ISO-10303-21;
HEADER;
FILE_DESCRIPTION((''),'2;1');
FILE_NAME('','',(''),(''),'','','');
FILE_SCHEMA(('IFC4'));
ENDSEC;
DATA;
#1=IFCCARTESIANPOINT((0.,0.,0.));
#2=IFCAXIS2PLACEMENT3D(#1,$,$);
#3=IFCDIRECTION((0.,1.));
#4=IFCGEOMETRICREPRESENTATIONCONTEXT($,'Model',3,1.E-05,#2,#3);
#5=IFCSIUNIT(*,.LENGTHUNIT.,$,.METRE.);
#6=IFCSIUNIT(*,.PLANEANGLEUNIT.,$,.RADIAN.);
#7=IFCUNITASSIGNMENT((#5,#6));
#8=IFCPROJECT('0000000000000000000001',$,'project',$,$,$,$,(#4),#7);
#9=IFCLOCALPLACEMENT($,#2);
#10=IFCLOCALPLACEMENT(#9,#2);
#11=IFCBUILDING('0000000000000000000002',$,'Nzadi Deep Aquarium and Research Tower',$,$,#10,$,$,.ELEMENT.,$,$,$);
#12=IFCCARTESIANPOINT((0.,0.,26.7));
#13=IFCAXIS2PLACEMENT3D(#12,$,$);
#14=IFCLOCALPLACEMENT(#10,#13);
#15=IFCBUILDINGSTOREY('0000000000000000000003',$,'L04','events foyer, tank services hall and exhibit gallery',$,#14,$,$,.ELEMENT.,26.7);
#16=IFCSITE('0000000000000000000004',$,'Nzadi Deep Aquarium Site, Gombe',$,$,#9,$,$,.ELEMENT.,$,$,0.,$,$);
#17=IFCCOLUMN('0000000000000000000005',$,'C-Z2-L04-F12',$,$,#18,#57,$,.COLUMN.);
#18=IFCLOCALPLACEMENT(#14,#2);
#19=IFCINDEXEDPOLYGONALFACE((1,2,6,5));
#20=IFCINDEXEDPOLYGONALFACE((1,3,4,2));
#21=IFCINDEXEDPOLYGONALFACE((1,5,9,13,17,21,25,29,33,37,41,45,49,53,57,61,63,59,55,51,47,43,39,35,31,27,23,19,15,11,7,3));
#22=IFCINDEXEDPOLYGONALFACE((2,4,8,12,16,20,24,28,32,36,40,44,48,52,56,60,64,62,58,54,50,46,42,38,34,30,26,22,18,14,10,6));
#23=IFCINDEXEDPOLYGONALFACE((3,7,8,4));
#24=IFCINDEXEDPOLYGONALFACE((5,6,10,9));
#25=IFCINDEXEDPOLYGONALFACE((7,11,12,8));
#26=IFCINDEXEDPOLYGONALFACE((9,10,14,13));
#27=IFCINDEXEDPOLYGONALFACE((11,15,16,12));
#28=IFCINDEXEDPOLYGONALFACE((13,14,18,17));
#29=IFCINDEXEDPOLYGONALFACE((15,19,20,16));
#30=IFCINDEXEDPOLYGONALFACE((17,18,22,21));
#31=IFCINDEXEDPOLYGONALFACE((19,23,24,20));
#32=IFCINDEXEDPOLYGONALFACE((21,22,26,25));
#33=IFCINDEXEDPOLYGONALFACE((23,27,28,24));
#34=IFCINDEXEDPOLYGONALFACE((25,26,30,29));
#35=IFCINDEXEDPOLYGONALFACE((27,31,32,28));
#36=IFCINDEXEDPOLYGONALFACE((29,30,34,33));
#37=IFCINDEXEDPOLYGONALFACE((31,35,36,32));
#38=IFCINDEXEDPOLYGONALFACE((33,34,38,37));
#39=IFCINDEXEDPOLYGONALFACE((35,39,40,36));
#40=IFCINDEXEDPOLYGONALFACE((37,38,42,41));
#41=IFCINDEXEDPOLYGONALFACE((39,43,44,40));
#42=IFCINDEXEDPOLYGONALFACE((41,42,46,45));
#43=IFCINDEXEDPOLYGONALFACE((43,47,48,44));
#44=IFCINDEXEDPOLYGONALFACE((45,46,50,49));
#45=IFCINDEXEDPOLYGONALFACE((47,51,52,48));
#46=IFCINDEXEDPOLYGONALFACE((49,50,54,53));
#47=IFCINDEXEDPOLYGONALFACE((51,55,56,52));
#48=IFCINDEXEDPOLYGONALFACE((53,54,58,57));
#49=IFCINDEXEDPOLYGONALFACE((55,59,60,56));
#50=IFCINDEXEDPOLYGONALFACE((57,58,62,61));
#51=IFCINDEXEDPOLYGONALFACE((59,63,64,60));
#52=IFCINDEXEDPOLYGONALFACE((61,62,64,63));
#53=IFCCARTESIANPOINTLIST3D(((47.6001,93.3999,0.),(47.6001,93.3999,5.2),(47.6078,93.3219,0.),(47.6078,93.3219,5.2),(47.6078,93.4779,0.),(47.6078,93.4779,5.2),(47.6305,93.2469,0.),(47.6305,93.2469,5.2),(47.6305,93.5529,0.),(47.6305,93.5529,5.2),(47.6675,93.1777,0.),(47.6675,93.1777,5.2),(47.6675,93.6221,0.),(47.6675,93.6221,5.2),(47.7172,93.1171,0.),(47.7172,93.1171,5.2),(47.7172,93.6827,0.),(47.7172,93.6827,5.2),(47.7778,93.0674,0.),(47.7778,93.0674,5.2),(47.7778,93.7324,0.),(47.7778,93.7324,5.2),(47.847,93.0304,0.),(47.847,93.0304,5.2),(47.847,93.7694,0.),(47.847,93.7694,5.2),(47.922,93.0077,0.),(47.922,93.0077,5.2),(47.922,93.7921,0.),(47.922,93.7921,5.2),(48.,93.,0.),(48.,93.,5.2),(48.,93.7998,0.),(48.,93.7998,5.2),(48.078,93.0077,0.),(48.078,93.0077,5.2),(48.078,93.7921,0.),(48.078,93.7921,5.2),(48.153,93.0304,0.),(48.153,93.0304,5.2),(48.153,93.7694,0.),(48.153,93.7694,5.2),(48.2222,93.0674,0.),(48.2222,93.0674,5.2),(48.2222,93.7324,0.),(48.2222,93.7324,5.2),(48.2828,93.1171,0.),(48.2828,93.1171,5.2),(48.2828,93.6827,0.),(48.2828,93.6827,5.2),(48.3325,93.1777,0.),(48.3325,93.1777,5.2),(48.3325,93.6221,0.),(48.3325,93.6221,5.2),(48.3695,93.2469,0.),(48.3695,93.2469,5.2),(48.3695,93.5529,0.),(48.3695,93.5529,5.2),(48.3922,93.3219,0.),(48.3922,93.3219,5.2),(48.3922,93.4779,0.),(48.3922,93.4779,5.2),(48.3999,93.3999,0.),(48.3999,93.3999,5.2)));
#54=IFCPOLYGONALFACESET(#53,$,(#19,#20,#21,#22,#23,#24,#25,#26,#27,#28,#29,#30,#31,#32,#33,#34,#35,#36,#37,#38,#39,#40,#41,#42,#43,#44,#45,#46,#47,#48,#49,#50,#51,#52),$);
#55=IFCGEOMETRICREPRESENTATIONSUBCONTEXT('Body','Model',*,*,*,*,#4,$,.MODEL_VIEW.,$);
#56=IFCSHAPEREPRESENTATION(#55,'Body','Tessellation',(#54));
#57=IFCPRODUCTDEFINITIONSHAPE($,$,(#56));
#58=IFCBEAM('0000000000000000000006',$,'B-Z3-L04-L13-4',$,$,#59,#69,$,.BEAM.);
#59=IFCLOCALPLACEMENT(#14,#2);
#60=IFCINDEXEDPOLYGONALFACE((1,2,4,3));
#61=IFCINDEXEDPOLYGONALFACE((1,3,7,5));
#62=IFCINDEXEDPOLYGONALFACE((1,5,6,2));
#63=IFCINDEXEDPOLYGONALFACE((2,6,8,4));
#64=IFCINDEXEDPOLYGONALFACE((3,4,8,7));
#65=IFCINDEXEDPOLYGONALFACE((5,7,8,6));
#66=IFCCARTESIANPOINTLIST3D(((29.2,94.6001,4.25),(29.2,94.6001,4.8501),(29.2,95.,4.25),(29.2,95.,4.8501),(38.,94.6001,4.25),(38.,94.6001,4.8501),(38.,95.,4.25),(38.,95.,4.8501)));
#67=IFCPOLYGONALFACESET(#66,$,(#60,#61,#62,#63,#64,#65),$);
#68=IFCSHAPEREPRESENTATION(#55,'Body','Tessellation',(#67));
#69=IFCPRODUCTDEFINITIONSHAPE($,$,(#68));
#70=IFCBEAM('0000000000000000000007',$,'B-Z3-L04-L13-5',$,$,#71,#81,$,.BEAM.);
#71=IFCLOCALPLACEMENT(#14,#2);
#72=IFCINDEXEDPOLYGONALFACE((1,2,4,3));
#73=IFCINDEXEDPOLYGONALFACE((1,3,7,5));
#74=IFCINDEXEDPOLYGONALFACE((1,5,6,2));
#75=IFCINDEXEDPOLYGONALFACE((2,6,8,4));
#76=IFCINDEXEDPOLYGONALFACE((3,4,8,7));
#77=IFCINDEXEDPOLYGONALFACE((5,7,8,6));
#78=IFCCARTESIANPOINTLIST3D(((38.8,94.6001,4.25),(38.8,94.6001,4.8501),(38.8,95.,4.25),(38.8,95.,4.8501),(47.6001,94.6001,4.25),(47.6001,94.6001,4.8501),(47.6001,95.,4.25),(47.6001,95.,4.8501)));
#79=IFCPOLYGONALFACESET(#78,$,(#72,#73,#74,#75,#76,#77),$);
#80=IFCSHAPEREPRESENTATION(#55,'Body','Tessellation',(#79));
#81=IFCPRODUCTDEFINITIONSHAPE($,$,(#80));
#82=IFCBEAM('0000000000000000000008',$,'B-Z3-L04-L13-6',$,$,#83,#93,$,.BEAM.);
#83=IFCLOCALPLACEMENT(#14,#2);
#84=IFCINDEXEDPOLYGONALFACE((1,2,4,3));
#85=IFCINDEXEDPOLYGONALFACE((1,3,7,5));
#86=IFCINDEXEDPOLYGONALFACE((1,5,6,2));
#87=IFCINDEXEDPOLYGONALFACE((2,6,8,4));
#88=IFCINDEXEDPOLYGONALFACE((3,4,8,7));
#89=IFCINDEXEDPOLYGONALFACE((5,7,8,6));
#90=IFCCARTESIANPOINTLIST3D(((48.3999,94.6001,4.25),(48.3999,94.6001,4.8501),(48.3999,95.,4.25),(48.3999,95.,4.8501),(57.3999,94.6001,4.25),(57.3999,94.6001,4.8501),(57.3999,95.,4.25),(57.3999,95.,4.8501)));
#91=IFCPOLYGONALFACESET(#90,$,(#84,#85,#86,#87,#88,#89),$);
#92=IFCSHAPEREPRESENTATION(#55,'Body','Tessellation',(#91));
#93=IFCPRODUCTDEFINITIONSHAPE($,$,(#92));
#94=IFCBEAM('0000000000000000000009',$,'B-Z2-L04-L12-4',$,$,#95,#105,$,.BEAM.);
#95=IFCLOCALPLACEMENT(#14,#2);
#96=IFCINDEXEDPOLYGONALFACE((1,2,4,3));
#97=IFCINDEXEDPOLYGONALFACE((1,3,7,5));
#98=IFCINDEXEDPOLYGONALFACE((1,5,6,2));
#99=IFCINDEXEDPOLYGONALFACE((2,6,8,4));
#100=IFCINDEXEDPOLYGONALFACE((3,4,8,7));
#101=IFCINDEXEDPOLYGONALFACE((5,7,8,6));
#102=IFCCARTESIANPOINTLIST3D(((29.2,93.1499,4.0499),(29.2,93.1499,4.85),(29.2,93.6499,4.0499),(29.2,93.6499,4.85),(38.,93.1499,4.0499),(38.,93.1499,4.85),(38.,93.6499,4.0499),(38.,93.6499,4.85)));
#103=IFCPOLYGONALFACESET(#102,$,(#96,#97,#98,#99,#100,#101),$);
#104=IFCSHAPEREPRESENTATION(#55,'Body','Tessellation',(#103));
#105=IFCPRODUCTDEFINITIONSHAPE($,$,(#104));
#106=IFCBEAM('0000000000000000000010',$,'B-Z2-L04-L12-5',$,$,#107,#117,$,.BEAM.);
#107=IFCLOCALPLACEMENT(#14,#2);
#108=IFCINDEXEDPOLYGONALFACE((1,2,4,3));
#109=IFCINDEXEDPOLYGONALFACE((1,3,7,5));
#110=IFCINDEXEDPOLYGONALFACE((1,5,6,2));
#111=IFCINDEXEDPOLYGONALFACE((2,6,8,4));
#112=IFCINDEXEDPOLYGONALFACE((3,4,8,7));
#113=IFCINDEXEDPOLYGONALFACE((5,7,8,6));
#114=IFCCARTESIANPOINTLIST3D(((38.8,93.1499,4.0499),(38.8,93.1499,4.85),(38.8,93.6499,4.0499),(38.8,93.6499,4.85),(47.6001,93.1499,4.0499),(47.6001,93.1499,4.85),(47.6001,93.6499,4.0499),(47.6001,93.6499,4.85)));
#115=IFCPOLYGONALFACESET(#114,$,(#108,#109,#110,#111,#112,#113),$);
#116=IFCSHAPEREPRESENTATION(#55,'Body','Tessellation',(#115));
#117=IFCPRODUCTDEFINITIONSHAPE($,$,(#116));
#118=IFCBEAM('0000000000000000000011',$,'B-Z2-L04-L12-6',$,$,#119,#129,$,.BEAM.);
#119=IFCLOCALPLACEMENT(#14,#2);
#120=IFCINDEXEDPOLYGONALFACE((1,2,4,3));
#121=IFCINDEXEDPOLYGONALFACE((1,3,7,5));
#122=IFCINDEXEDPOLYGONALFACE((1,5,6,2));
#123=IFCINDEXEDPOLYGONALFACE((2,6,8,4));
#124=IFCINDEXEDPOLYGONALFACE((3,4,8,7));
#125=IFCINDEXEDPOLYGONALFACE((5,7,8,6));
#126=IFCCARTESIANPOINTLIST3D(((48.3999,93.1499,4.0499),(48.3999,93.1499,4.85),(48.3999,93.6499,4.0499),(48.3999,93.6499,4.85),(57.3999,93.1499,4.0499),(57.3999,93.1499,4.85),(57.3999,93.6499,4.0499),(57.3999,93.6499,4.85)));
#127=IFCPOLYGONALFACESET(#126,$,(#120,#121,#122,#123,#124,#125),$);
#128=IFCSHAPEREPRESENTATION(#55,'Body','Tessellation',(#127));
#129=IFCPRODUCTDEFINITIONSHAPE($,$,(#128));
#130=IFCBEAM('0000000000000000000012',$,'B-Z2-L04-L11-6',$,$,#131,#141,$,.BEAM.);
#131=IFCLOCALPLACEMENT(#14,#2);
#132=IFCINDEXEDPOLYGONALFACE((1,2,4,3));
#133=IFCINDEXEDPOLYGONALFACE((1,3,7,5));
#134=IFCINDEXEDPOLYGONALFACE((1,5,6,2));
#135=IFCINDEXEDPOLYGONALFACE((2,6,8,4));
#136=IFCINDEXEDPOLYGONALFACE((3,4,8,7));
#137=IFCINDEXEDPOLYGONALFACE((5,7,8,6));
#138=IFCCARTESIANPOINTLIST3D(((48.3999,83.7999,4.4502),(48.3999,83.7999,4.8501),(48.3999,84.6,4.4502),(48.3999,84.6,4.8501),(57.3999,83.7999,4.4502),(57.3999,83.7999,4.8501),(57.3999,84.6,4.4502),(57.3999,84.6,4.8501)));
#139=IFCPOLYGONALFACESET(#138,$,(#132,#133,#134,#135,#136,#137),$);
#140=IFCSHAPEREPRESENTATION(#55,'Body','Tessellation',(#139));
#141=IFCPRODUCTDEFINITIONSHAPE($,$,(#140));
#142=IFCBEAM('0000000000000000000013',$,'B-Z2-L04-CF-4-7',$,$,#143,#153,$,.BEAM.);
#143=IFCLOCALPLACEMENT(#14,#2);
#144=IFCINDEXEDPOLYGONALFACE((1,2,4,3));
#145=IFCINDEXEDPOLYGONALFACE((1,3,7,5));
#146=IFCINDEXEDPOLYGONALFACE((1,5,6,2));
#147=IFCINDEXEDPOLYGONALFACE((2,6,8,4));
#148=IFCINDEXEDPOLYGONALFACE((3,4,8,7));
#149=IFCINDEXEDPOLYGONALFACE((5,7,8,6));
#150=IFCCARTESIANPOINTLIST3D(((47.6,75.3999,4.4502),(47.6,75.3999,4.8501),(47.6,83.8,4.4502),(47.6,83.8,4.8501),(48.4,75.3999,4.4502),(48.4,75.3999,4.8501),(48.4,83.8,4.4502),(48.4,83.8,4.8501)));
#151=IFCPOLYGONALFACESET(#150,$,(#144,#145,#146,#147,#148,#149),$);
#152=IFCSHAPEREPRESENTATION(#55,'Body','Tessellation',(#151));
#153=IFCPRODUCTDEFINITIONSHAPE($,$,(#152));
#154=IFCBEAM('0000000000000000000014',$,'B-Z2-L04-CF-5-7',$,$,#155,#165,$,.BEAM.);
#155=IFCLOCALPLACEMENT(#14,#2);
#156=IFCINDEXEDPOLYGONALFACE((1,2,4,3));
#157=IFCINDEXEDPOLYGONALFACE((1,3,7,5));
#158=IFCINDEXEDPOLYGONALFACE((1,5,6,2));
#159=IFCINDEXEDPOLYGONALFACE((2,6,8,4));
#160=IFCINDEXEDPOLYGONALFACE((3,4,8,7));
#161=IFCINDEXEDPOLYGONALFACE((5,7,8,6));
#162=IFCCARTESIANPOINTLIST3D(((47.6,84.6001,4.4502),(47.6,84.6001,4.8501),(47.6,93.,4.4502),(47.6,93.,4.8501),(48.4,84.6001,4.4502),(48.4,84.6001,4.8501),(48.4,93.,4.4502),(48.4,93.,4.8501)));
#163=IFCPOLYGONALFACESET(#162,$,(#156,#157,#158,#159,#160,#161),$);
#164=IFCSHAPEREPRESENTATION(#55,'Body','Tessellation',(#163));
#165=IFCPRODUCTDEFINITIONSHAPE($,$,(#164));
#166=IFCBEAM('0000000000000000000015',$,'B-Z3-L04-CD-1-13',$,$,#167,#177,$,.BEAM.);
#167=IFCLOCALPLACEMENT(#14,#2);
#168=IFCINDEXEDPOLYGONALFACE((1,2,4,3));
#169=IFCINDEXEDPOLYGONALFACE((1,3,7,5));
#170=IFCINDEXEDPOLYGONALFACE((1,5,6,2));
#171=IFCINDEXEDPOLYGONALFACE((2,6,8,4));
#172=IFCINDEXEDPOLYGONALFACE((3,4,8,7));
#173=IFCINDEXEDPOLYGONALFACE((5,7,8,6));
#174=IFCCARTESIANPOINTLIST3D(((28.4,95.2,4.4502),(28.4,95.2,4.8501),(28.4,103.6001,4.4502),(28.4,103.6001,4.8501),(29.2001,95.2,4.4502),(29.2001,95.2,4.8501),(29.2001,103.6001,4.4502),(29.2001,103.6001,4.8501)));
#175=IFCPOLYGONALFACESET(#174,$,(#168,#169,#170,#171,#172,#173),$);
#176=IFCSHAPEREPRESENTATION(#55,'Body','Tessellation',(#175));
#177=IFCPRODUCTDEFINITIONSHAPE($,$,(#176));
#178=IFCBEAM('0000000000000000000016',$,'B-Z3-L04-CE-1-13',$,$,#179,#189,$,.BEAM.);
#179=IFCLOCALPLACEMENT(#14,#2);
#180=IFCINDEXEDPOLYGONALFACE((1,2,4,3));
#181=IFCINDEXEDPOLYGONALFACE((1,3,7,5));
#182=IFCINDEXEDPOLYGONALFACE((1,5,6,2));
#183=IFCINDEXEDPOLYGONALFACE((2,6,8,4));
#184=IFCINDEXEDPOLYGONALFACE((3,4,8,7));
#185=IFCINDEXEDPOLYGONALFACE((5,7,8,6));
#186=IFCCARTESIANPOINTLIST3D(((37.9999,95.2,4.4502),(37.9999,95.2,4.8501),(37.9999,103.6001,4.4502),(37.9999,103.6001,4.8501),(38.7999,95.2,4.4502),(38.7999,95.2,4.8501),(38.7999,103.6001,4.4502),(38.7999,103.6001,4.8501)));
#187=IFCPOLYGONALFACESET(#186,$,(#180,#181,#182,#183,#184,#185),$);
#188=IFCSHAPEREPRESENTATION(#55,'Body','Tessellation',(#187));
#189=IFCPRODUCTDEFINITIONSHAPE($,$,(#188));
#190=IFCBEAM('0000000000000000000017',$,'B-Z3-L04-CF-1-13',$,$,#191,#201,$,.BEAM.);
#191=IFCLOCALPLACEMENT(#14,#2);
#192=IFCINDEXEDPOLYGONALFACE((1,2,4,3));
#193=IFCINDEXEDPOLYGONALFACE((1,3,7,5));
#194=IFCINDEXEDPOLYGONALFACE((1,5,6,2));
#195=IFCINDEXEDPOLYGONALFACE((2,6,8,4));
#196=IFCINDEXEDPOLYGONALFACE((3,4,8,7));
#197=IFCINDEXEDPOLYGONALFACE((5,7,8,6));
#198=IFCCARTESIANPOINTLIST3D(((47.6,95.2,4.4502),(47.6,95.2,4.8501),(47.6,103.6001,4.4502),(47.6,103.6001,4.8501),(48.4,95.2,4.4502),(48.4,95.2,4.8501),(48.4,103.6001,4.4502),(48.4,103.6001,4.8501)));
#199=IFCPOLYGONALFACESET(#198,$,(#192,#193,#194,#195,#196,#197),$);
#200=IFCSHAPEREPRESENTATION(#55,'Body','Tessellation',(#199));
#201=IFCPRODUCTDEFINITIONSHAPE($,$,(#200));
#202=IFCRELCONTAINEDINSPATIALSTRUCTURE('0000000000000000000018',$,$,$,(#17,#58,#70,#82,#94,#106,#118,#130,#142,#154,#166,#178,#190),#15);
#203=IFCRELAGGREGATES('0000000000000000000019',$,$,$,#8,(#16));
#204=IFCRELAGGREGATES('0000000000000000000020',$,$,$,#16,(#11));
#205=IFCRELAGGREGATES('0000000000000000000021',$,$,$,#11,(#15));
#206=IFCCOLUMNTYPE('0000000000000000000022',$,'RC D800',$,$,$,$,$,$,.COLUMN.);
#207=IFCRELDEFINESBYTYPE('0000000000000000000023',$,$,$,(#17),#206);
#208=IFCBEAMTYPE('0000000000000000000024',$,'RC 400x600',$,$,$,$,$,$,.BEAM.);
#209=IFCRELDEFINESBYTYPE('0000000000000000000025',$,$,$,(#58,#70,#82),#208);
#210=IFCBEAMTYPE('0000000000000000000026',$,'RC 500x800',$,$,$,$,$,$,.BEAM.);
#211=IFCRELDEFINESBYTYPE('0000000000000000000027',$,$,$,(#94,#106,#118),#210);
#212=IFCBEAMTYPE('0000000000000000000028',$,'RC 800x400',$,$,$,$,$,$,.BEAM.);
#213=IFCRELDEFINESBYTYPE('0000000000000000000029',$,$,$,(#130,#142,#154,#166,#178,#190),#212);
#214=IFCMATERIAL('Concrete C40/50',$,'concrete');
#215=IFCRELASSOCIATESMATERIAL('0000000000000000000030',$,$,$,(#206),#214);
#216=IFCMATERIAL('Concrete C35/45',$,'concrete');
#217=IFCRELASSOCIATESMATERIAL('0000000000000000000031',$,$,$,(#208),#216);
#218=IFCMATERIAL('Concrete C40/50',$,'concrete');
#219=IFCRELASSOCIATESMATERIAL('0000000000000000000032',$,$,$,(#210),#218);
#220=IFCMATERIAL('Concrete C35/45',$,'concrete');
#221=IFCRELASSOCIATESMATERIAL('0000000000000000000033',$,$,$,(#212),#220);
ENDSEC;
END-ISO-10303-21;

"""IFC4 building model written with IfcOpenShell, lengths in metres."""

from ifc_helpers import new_model, si_unit, direction, frame, origin, origin_2d, place, context, subcontext, project, spatial, rectangle, circle, extrude, material, material_profile, profile_set, type_object, element, save


model = new_model("IFC4")

# Units and contexts
model_context = context("Model", 3, precision=1e-05, world=origin(), true_north=direction((0.0, 1.0)))
body_context = subcontext(model_context, "Body", "Model", "MODEL_VIEW")
ifc_project = project(units=[si_unit("LENGTHUNIT", "METRE"), si_unit("PLANEANGLEUNIT", "RADIAN")], contexts=[model_context])

# Site, building, storey
site_placement = place(None, origin())
site = spatial("IfcSite", under=ifc_project, at=site_placement, Name="Nzadi Deep Aquarium Site, Gombe", CompositionType="ELEMENT", RefElevation=0.0)
building_placement = place(site_placement, origin())
building = spatial("IfcBuilding", under=site, at=building_placement, Name="Nzadi Deep Aquarium and Research Tower", CompositionType="ELEMENT")
storey_placement = place(building_placement, frame((0.0, 0.0, 26.7)))
storey = spatial("IfcBuildingStorey", under=building, at=storey_placement, Name="L04", Description="events foyer, tank services hall and exhibit gallery", CompositionType="ELEMENT", Elevation=26.7)

# Column
ifc_material_1 = material(Name="Concrete C40/50", Category="concrete")
ifc_material_profile_1 = material_profile(ifc_material_1, circle(Radius=0.3999, at=origin_2d()))
ifc_profile_set_1 = profile_set([ifc_material_profile_1], Name="Concrete C40/50")
column_type_1 = type_object("IfcColumnType", Name="RC D800", PredefinedType="COLUMN", material=ifc_profile_set_1)
for number, where, z_axis, x_axis, name in (
    (1, (48.0, 93.3999, 0.0), (0.0, 0.0, 1.0), (1.0, 0.0, 0.0), "C-Z2-L04-F12"),
):
    element("IfcColumn", number, at=place(storey_placement, frame(where, z_axis=z_axis, x_axis=x_axis)), inside=storey, type_object=column_type_1, Name=name, PredefinedType="COLUMN", context=body_context, shape_type="SweptSolid", body=[
        extrude(circle(Radius=0.3999, at=origin_2d()), origin(), (0.0, 0.0, 1.0), 5.2),
    ])

# Beams
ifc_material_2 = material(Name="Concrete C35/45", Category="concrete")
ifc_material_profile_2 = material_profile(ifc_material_2, rectangle(XDim=0.3999, YDim=0.6001, at=origin_2d()))
ifc_profile_set_2 = profile_set([ifc_material_profile_2], Name="Concrete C35/45")
beam_type_1 = type_object("IfcBeamType", Name="RC 400x600", PredefinedType="BEAM", material=ifc_profile_set_2)
for number, where, z_axis, x_axis, name in (
    (2, (29.2, 94.8, 4.55), (1.0, 0.0, 0.0), (0.0, 1.0, 0.0), "B-Z3-L04-L13-4"),
    (3, (38.8, 94.8, 4.55), (1.0, 0.0, 0.0), (0.0, 1.0, 0.0), "B-Z3-L04-L13-5"),
):
    element("IfcBeam", number, at=place(storey_placement, frame(where, z_axis=z_axis, x_axis=x_axis)), inside=storey, type_object=beam_type_1, Name=name, PredefinedType="BEAM", context=body_context, shape_type="SweptSolid", body=[
        extrude(rectangle(XDim=0.3999, YDim=0.6001, at=origin_2d()), origin(), (0.0, 0.0, 1.0), 8.8),
    ])
beam_1_placement = place(storey_placement, frame((48.3999, 94.8, 4.55), z_axis=(1.0, 0.0, 0.0), x_axis=(0.0, 1.0, 0.0)))
element("IfcBeam", 4, at=beam_1_placement, inside=storey, type_object=beam_type_1, Name="B-Z3-L04-L13-6", PredefinedType="BEAM", context=body_context, shape_type="SweptSolid", body=[
    extrude(rectangle(XDim=0.3999, YDim=0.6001, at=origin_2d()), origin(), (0.0, 0.0, 1.0), 9.0),
])
ifc_material_3 = material(Name="Concrete C40/50", Category="concrete")
ifc_material_profile_3 = material_profile(ifc_material_3, rectangle(XDim=0.5, YDim=0.8, at=origin_2d()))
ifc_profile_set_3 = profile_set([ifc_material_profile_3], Name="Concrete C40/50")
beam_type_2 = type_object("IfcBeamType", Name="RC 500x800", PredefinedType="BEAM", material=ifc_profile_set_3)
for number, where, z_axis, x_axis, name in (
    (5, (29.2, 93.3999, 4.45), (1.0, 0.0, 0.0), (0.0, 1.0, 0.0), "B-Z2-L04-L12-4"),
    (6, (38.8, 93.3999, 4.45), (1.0, 0.0, 0.0), (0.0, 1.0, 0.0), "B-Z2-L04-L12-5"),
):
    element("IfcBeam", number, at=place(storey_placement, frame(where, z_axis=z_axis, x_axis=x_axis)), inside=storey, type_object=beam_type_2, Name=name, PredefinedType="BEAM", context=body_context, shape_type="SweptSolid", body=[
        extrude(rectangle(XDim=0.5, YDim=0.8, at=origin_2d()), origin(), (0.0, 0.0, 1.0), 8.8),
    ])
beam_2_placement = place(storey_placement, frame((48.3999, 93.3999, 4.45), z_axis=(1.0, 0.0, 0.0), x_axis=(0.0, 1.0, 0.0)))
element("IfcBeam", 7, at=beam_2_placement, inside=storey, type_object=beam_type_2, Name="B-Z2-L04-L12-6", PredefinedType="BEAM", context=body_context, shape_type="SweptSolid", body=[
    extrude(rectangle(XDim=0.5, YDim=0.8, at=origin_2d()), origin(), (0.0, 0.0, 1.0), 9.0),
])
ifc_material_4 = material(Name="Concrete C35/45", Category="concrete")
ifc_material_profile_4 = material_profile(ifc_material_4, rectangle(XDim=0.8, YDim=0.3999, at=origin_2d()))
ifc_profile_set_4 = profile_set([ifc_material_profile_4], Name="Concrete C35/45")
beam_type_3 = type_object("IfcBeamType", Name="RC 800x400", PredefinedType="BEAM", material=ifc_profile_set_4)
beam_3_placement = place(storey_placement, frame((48.3999, 84.2, 4.6501), z_axis=(1.0, 0.0, 0.0), x_axis=(0.0, 1.0, 0.0)))
element("IfcBeam", 8, at=beam_3_placement, inside=storey, type_object=beam_type_3, Name="B-Z2-L04-L11-6", PredefinedType="BEAM", context=body_context, shape_type="SweptSolid", body=[
    extrude(rectangle(XDim=0.8, YDim=0.3999, at=origin_2d()), origin(), (0.0, 0.0, 1.0), 9.0),
])
beam_4_placement = place(storey_placement, frame((48.0, 75.3999, 4.6501), z_axis=(0.0, 1.0, 0.0), x_axis=(-1.0, 0.0, 0.0)))
element("IfcBeam", 9, at=beam_4_placement, inside=storey, type_object=beam_type_3, Name="B-Z2-L04-CF-4-7", PredefinedType="BEAM", context=body_context, shape_type="SweptSolid", body=[
    extrude(rectangle(XDim=0.8, YDim=0.3999, at=origin_2d()), origin(), (0.0, 0.0, 1.0), 8.4001),
])
beam_5_placement = place(storey_placement, frame((48.0, 84.6001, 4.6501), z_axis=(0.0, 1.0, 0.0), x_axis=(-1.0, 0.0, 0.0)))
element("IfcBeam", 10, at=beam_5_placement, inside=storey, type_object=beam_type_3, Name="B-Z2-L04-CF-5-7", PredefinedType="BEAM", context=body_context, shape_type="SweptSolid", body=[
    extrude(rectangle(XDim=0.8, YDim=0.3999, at=origin_2d()), origin(), (0.0, 0.0, 1.0), 8.3999),
])
for number, where, z_axis, x_axis, name in (
    (11, (28.8, 95.2, 4.6501), (0.0, 1.0, 0.0), (-1.0, 0.0, 0.0), "B-Z3-L04-CD-1-13"),
    (12, (38.3999, 95.2, 4.6501), (0.0, 1.0, 0.0), (-1.0, 0.0, 0.0), "B-Z3-L04-CE-1-13"),
    (13, (48.0, 95.2, 4.6501), (0.0, 1.0, 0.0), (-1.0, 0.0, 0.0), "B-Z3-L04-CF-1-13"),
):
    element("IfcBeam", number, at=place(storey_placement, frame(where, z_axis=z_axis, x_axis=x_axis)), inside=storey, type_object=beam_type_3, Name=name, PredefinedType="BEAM", context=body_context, shape_type="SweptSolid", body=[
        extrude(rectangle(XDim=0.8, YDim=0.3999, at=origin_2d()), origin(), (0.0, 0.0, 1.0), 8.4001),
    ])

save(model, "model.ifc")
